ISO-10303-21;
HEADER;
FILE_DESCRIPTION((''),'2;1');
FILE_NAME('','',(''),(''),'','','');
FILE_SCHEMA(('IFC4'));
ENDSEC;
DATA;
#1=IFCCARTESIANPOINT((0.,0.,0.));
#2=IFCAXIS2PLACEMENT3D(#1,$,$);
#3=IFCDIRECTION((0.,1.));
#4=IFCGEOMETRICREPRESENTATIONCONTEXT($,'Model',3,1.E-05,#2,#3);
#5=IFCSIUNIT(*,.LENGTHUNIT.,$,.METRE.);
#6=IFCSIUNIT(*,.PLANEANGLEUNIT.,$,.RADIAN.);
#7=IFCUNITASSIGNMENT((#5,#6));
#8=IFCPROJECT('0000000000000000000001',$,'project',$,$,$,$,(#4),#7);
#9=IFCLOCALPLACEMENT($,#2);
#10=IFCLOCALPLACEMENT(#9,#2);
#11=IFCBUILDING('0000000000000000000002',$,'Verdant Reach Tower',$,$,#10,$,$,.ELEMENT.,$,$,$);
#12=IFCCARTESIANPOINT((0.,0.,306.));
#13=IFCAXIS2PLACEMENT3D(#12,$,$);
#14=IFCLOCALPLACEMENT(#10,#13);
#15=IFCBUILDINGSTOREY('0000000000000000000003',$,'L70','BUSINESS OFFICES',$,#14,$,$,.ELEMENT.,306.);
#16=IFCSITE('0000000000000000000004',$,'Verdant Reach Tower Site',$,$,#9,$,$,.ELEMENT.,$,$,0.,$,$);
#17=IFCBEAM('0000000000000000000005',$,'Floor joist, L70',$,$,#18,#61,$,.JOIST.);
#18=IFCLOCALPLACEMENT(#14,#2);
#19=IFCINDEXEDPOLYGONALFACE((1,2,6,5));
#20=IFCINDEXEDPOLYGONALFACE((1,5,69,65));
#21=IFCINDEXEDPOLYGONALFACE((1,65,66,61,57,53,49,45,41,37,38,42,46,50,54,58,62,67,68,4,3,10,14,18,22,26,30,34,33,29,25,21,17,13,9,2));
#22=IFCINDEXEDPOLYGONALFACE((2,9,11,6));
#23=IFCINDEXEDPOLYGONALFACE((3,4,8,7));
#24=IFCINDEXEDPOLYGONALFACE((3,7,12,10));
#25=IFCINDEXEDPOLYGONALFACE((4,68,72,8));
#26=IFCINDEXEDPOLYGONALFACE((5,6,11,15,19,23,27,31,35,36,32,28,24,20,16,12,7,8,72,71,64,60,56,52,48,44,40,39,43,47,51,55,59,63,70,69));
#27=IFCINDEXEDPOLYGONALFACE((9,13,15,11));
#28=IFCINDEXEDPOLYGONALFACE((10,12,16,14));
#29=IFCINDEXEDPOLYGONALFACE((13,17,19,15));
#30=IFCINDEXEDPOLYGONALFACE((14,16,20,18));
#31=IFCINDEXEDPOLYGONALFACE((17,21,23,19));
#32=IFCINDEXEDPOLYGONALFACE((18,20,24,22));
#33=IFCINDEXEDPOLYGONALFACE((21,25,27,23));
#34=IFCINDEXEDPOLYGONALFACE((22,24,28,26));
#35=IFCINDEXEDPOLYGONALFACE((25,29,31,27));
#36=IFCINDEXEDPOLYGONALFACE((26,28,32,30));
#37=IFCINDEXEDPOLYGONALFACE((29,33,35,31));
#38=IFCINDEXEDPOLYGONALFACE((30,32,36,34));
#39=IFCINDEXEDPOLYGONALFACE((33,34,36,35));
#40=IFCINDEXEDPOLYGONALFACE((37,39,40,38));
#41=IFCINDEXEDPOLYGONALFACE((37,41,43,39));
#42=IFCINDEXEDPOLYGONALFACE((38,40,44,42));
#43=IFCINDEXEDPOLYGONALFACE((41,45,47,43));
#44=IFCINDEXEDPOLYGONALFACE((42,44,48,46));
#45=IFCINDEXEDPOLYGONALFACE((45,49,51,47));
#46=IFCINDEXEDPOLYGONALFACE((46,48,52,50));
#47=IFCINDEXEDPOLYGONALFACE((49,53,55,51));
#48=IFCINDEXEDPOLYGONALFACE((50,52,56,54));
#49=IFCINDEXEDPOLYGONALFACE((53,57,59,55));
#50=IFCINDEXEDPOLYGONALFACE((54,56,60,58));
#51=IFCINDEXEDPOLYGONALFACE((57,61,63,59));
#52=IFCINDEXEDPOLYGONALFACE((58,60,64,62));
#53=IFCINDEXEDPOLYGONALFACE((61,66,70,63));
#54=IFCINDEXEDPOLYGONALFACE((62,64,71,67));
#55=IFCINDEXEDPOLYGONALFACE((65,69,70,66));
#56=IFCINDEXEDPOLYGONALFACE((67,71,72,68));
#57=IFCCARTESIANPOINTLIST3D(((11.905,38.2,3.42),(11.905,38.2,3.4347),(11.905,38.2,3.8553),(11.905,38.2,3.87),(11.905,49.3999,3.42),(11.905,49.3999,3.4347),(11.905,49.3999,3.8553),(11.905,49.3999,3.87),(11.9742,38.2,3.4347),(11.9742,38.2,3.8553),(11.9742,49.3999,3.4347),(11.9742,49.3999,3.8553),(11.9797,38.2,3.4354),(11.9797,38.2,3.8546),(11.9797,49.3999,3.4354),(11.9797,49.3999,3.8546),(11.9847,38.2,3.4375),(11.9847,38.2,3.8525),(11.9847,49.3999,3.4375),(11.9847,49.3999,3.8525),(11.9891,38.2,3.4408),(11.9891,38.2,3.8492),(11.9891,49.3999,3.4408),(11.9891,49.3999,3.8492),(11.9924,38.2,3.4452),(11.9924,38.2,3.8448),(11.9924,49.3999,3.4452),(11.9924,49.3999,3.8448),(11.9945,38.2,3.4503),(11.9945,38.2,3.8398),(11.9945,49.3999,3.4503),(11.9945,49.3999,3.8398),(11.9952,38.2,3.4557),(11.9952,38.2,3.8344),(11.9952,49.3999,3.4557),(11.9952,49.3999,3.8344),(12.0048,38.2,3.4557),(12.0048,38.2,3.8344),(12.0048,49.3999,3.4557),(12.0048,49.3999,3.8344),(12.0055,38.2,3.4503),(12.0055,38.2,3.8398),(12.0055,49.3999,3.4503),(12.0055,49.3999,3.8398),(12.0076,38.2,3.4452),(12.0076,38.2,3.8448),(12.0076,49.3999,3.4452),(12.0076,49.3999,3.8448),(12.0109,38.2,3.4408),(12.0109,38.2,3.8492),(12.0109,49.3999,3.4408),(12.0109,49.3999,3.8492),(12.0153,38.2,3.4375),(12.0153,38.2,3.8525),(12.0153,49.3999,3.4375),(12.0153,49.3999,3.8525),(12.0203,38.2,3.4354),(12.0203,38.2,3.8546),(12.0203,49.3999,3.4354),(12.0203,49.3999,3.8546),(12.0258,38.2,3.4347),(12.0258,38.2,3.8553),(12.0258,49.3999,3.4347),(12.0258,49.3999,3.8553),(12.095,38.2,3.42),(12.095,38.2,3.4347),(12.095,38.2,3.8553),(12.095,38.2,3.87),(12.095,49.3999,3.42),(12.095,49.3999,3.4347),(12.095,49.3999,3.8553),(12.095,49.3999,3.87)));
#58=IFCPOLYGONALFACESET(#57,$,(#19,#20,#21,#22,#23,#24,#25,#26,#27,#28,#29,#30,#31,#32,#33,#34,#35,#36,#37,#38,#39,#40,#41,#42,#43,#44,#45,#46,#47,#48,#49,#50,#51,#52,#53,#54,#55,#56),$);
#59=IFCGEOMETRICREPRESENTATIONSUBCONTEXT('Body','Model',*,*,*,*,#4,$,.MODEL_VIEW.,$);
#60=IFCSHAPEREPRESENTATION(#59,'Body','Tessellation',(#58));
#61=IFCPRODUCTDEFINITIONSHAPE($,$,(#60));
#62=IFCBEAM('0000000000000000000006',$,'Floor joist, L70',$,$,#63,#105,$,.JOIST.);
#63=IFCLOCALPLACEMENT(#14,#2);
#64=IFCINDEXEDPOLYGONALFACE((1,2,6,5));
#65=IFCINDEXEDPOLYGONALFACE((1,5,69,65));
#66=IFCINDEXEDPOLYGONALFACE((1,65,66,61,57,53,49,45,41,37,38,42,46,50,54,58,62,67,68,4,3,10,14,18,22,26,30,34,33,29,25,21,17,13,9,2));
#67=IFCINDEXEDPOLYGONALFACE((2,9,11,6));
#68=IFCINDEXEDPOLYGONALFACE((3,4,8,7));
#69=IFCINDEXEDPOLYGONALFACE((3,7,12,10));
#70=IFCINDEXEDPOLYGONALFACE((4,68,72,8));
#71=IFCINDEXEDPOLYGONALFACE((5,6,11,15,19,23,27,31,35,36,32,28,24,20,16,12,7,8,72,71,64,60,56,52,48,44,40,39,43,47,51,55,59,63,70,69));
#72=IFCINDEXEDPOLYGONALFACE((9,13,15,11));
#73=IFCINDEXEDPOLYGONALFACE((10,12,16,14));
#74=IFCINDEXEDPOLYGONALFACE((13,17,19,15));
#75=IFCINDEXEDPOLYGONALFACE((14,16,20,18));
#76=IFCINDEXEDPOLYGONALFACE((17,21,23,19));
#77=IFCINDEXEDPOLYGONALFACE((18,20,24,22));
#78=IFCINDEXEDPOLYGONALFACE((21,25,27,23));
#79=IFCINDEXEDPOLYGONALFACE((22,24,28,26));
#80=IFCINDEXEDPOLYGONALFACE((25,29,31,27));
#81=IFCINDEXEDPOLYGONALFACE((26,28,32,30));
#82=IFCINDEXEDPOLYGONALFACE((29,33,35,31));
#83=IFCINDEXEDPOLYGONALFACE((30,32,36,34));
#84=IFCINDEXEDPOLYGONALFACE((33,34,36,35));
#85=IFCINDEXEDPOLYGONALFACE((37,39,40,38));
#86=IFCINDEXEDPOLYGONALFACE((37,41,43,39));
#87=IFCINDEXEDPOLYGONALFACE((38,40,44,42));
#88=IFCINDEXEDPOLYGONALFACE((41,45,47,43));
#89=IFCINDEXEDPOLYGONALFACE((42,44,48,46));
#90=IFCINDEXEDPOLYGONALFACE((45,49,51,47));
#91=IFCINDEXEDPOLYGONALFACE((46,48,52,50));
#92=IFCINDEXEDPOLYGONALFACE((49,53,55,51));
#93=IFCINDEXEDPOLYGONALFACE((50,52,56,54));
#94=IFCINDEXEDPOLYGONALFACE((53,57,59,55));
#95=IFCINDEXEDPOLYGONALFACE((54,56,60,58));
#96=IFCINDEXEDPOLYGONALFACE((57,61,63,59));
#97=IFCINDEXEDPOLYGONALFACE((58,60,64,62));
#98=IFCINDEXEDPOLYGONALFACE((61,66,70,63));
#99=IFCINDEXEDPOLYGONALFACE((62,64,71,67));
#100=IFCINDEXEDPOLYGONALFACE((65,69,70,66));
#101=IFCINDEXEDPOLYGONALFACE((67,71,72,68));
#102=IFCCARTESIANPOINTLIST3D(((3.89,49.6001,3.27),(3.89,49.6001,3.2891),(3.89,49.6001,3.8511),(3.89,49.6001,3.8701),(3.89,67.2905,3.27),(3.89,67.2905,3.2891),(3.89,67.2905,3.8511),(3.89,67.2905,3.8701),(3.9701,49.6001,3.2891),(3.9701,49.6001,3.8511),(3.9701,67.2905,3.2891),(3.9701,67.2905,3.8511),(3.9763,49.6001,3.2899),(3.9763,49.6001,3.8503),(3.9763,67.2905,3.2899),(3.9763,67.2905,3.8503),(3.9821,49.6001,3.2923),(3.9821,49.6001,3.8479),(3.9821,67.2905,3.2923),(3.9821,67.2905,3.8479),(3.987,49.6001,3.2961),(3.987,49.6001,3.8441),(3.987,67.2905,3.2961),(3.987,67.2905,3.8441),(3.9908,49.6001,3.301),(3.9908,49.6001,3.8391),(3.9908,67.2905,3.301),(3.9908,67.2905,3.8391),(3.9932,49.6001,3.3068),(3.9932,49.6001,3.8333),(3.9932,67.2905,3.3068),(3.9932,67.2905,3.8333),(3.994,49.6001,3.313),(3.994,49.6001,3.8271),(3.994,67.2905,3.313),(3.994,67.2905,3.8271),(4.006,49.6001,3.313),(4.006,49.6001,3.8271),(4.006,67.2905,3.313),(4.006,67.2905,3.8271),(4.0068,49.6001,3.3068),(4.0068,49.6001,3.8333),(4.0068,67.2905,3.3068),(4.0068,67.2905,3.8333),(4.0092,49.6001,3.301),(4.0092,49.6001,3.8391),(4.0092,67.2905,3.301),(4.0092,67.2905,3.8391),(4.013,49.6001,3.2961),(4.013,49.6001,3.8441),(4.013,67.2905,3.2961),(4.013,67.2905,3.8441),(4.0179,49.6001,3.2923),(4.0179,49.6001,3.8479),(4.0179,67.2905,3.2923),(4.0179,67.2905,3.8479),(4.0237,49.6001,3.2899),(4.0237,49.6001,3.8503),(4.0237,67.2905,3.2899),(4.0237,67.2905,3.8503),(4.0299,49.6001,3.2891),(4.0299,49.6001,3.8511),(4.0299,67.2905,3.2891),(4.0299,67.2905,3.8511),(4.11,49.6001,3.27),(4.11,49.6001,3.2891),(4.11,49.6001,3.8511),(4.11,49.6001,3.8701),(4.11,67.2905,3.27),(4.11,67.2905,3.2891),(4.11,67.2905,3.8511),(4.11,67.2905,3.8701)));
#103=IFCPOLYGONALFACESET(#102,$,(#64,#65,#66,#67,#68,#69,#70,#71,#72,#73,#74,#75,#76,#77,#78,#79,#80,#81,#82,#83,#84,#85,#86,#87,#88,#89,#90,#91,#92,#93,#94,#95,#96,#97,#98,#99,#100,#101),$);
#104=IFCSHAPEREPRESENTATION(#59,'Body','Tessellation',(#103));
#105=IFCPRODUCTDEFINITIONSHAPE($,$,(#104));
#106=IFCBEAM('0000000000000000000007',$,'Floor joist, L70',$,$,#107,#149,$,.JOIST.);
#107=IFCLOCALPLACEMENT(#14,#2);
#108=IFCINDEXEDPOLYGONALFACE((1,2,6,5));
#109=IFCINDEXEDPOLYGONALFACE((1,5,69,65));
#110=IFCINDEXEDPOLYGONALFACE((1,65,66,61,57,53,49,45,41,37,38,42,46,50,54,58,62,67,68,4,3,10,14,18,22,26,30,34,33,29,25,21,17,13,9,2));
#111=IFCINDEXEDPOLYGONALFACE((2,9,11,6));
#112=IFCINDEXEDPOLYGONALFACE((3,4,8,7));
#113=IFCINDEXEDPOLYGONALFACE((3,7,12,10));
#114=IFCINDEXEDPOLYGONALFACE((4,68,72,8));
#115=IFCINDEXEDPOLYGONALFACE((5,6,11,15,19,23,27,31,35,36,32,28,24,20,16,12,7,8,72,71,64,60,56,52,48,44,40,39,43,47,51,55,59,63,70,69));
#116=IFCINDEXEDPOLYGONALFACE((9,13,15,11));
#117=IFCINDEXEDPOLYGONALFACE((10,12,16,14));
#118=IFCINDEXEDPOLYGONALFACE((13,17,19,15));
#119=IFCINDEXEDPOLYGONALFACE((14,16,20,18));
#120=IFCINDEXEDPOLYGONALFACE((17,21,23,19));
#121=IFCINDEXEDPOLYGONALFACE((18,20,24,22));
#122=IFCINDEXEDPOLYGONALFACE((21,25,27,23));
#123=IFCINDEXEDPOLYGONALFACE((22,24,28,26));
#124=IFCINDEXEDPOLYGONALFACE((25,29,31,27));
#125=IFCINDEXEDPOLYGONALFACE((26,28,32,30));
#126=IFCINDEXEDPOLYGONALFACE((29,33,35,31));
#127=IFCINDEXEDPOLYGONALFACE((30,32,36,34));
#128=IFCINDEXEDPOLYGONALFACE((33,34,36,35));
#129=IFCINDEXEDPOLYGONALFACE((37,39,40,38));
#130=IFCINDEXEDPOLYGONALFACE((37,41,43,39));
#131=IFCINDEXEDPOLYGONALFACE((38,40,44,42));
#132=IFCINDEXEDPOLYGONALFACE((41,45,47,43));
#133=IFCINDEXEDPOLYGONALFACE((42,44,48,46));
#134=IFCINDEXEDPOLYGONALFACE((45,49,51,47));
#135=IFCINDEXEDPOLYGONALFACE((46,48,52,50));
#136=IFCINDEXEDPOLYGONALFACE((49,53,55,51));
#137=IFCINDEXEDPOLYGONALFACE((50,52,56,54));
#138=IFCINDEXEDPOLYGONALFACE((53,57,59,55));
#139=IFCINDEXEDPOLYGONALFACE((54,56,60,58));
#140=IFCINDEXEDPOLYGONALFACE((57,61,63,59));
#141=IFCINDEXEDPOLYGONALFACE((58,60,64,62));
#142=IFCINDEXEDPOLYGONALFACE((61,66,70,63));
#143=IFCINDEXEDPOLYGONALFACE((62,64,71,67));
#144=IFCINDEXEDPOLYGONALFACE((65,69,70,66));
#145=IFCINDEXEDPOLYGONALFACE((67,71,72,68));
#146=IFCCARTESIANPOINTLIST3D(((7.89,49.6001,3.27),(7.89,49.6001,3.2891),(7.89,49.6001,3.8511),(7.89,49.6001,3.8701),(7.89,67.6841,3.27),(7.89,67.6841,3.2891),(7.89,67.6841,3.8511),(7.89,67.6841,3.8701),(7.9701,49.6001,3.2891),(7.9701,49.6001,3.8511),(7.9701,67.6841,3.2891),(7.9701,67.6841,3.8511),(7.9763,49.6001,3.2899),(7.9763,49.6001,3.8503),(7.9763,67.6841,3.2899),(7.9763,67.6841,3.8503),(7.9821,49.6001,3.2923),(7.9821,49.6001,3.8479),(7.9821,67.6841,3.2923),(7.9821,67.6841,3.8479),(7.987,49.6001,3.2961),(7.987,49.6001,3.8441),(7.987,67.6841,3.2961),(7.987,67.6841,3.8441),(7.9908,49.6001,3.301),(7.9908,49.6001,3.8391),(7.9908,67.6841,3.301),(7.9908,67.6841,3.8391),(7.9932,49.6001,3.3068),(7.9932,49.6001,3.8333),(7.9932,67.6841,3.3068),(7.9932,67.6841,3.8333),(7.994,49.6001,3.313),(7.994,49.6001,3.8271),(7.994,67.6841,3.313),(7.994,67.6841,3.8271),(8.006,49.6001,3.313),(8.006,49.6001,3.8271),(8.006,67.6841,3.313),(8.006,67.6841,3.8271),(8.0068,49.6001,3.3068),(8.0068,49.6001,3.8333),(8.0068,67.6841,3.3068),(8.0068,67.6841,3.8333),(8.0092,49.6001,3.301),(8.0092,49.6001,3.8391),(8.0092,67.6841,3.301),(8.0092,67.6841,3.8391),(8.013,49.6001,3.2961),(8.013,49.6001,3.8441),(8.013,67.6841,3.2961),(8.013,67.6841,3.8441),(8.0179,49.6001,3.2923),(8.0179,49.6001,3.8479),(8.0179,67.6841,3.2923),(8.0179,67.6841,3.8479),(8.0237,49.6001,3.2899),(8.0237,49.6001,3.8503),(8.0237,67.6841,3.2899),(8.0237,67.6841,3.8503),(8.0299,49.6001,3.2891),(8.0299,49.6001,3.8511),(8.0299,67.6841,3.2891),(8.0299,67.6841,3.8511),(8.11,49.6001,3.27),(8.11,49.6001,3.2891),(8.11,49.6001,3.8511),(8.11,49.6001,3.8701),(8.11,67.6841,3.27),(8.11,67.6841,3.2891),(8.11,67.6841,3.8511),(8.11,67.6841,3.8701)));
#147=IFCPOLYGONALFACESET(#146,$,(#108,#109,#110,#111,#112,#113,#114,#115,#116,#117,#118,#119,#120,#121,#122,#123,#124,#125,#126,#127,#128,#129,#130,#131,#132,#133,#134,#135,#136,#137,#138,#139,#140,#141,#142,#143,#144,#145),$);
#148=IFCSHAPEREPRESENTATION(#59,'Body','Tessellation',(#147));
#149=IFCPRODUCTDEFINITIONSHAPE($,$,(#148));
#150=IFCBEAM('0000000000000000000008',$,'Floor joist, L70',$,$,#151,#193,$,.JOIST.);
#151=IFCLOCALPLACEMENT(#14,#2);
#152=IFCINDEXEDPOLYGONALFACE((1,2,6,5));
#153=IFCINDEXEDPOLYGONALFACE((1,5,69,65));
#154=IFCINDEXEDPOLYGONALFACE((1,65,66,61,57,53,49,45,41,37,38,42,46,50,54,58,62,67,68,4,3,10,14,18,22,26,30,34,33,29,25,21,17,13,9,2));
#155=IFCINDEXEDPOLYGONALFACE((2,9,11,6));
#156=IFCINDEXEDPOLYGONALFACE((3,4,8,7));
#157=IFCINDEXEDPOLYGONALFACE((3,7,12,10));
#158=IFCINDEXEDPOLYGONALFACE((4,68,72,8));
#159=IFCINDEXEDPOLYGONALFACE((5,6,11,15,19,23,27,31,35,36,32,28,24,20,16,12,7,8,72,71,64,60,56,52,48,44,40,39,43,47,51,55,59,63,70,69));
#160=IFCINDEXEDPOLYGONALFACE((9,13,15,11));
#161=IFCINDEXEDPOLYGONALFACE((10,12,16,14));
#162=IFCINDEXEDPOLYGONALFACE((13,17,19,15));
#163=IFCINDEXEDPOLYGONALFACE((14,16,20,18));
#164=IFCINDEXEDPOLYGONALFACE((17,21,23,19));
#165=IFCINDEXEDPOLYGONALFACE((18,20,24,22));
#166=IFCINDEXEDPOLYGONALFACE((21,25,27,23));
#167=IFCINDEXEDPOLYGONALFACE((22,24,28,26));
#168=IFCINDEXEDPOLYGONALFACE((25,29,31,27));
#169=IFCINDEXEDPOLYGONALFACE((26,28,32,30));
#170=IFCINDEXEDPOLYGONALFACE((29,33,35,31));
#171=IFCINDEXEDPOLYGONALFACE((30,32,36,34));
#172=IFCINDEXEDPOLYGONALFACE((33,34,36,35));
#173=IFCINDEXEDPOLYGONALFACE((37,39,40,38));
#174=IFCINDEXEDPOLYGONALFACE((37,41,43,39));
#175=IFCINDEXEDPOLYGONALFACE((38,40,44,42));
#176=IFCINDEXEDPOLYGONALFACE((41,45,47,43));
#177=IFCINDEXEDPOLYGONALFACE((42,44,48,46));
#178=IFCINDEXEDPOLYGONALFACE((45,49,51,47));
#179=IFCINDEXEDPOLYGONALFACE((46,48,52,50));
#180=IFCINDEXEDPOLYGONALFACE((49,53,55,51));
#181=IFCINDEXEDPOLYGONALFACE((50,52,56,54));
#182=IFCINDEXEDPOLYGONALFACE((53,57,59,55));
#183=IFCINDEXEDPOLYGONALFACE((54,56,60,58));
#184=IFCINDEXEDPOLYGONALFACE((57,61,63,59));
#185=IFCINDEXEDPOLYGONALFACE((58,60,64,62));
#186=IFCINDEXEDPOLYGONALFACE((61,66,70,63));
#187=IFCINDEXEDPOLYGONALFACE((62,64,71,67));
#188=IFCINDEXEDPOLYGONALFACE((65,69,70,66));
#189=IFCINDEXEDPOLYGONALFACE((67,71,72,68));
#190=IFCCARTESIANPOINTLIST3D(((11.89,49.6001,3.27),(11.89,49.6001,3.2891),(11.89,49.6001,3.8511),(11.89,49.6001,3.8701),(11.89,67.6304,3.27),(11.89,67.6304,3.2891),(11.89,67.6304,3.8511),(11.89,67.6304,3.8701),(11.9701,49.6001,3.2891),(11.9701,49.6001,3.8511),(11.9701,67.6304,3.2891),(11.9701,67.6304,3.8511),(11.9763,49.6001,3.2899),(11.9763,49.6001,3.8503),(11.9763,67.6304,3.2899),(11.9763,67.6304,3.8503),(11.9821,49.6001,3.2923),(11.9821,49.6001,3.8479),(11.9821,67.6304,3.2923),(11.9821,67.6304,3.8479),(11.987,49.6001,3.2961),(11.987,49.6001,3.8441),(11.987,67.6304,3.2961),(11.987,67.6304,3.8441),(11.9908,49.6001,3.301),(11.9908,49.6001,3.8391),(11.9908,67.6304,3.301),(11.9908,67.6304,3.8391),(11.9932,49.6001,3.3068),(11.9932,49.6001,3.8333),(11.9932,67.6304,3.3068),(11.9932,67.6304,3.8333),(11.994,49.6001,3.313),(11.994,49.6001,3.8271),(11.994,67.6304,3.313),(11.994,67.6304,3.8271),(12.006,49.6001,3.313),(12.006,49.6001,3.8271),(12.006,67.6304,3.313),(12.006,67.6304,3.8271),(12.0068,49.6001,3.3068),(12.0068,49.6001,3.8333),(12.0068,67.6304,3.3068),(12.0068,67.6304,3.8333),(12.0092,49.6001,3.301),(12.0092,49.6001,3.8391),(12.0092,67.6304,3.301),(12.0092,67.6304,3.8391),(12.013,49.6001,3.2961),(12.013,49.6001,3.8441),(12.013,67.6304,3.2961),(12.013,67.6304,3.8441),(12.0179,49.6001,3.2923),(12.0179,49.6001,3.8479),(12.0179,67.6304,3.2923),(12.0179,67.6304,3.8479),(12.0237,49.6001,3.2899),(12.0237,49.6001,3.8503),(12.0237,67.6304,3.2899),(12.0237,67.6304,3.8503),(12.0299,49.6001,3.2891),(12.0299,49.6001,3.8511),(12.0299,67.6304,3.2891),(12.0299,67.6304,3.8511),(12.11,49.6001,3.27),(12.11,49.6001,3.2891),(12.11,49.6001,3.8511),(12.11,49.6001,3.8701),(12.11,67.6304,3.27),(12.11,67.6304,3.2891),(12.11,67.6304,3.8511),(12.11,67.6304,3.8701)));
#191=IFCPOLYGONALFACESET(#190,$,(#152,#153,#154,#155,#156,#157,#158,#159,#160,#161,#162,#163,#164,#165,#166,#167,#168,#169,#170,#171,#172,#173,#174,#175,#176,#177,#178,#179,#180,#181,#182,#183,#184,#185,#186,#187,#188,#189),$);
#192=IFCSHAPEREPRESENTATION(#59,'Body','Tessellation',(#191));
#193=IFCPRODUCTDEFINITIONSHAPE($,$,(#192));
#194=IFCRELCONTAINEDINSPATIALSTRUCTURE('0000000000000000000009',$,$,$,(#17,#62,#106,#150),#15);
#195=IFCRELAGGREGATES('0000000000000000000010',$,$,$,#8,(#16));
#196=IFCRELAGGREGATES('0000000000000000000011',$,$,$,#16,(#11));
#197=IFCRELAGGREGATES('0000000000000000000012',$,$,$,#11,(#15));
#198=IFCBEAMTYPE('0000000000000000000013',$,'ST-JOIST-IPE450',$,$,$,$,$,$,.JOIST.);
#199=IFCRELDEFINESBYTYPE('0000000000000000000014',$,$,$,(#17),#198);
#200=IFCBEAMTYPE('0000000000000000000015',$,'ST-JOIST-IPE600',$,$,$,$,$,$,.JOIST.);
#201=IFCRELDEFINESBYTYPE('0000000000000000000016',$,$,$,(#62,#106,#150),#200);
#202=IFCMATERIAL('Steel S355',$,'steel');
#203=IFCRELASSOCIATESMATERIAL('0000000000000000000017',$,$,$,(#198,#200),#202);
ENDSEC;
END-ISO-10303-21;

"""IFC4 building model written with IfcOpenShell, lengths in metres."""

from ifc_helpers import new_model, si_unit, direction, frame, origin, origin_2d, place, context, subcontext, project, spatial, i_section, extrude, material, material_profile, profile_set, type_object, element, save


model = new_model("IFC4")

# Units and contexts
model_context = context("Model", 3, precision=1e-05, world=origin(), true_north=direction((0.0, 1.0)))
body_context = subcontext(model_context, "Body", "Model", "MODEL_VIEW")
ifc_project = project(units=[si_unit("LENGTHUNIT", "METRE"), si_unit("PLANEANGLEUNIT", "RADIAN")], contexts=[model_context])

# Site, building, storey
site_placement = place(None, origin())
site = spatial("IfcSite", under=ifc_project, at=site_placement, Name="Verdant Reach Tower Site", CompositionType="ELEMENT", RefElevation=0.0)
building_placement = place(site_placement, origin())
building = spatial("IfcBuilding", under=site, at=building_placement, Name="Verdant Reach Tower", CompositionType="ELEMENT")
storey_placement = place(building_placement, frame((0.0, 0.0, 306.0)))
storey = spatial("IfcBuildingStorey", under=building, at=storey_placement, Name="L70", Description="BUSINESS OFFICES", CompositionType="ELEMENT", Elevation=306.0)

# Beams
ifc_material_1 = material(Name="Steel S355", Category="steel")
ifc_material_profile_1 = material_profile(ifc_material_1, i_section(OverallWidth=0.1899, OverallDepth=0.45, WebThickness=0.0095, FlangeThickness=0.0146, FilletRadius=0.021, at=origin_2d()), Name="IPE 450")
ifc_profile_set_1 = profile_set([ifc_material_profile_1], Name="Steel S355")
beam_type_1 = type_object("IfcBeamType", Name="ST-JOIST-IPE450", PredefinedType="JOIST", material=ifc_profile_set_1)
for number, where, z_axis, x_axis, name in (
    (1, (12.0, 38.2, 3.645), (0.0, 1.0, 0.0), (-1.0, 0.0, 0.0), "Floor joist, L70"),
):
    element("IfcBeam", number, at=place(storey_placement, frame(where, z_axis=z_axis, x_axis=x_axis)), inside=storey, type_object=beam_type_1, Name=name, PredefinedType="JOIST", context=body_context, shape_type="SweptSolid", body=[
        extrude(i_section(OverallWidth=0.1899, OverallDepth=0.45, WebThickness=0.0095, FlangeThickness=0.0146, FilletRadius=0.021, at=origin_2d()), origin(), (0.0, 0.0, 1.0), 11.2),
    ])
ifc_material_profile_2 = material_profile(ifc_material_1, i_section(OverallWidth=0.22, OverallDepth=0.6001, WebThickness=0.012, FlangeThickness=0.019, FilletRadius=0.0239, at=origin_2d()), Name="IPE 600")
ifc_profile_set_2 = profile_set([ifc_material_profile_2], Name="Steel S355")
beam_type_2 = type_object("IfcBeamType", Name="ST-JOIST-IPE600", PredefinedType="JOIST", material=ifc_profile_set_2)
beam_1_placement = place(storey_placement, frame((4.0, 49.6001, 3.5701), z_axis=(0.0, 1.0, 0.0), x_axis=(-1.0, 0.0, 0.0)))
element("IfcBeam", 2, at=beam_1_placement, inside=storey, type_object=beam_type_2, Name="Floor joist, L70", PredefinedType="JOIST", context=body_context, shape_type="SweptSolid", body=[
    extrude(i_section(OverallWidth=0.22, OverallDepth=0.6001, WebThickness=0.012, FlangeThickness=0.019, FilletRadius=0.0239, at=origin_2d()), origin(), (0.0, 0.0, 1.0), 17.6904),
])
beam_2_placement = place(storey_placement, frame((8.0, 49.6001, 3.5701), z_axis=(0.0, 1.0, 0.0), x_axis=(-1.0, 0.0, 0.0)))
element("IfcBeam", 3, at=beam_2_placement, inside=storey, type_object=beam_type_2, Name="Floor joist, L70", PredefinedType="JOIST", context=body_context, shape_type="SweptSolid", body=[
    extrude(i_section(OverallWidth=0.22, OverallDepth=0.6001, WebThickness=0.012, FlangeThickness=0.019, FilletRadius=0.0239, at=origin_2d()), origin(), (0.0, 0.0, 1.0), 18.084),
])
beam_3_placement = place(storey_placement, frame((12.0, 49.6001, 3.5701), z_axis=(0.0, 1.0, 0.0), x_axis=(-1.0, 0.0, 0.0)))
element("IfcBeam", 4, at=beam_3_placement, inside=storey, type_object=beam_type_2, Name="Floor joist, L70", PredefinedType="JOIST", context=body_context, shape_type="SweptSolid", body=[
    extrude(i_section(OverallWidth=0.22, OverallDepth=0.6001, WebThickness=0.012, FlangeThickness=0.019, FilletRadius=0.0239, at=origin_2d()), origin(), (0.0, 0.0, 1.0), 18.0303),
])

save(model, "model.ifc")
